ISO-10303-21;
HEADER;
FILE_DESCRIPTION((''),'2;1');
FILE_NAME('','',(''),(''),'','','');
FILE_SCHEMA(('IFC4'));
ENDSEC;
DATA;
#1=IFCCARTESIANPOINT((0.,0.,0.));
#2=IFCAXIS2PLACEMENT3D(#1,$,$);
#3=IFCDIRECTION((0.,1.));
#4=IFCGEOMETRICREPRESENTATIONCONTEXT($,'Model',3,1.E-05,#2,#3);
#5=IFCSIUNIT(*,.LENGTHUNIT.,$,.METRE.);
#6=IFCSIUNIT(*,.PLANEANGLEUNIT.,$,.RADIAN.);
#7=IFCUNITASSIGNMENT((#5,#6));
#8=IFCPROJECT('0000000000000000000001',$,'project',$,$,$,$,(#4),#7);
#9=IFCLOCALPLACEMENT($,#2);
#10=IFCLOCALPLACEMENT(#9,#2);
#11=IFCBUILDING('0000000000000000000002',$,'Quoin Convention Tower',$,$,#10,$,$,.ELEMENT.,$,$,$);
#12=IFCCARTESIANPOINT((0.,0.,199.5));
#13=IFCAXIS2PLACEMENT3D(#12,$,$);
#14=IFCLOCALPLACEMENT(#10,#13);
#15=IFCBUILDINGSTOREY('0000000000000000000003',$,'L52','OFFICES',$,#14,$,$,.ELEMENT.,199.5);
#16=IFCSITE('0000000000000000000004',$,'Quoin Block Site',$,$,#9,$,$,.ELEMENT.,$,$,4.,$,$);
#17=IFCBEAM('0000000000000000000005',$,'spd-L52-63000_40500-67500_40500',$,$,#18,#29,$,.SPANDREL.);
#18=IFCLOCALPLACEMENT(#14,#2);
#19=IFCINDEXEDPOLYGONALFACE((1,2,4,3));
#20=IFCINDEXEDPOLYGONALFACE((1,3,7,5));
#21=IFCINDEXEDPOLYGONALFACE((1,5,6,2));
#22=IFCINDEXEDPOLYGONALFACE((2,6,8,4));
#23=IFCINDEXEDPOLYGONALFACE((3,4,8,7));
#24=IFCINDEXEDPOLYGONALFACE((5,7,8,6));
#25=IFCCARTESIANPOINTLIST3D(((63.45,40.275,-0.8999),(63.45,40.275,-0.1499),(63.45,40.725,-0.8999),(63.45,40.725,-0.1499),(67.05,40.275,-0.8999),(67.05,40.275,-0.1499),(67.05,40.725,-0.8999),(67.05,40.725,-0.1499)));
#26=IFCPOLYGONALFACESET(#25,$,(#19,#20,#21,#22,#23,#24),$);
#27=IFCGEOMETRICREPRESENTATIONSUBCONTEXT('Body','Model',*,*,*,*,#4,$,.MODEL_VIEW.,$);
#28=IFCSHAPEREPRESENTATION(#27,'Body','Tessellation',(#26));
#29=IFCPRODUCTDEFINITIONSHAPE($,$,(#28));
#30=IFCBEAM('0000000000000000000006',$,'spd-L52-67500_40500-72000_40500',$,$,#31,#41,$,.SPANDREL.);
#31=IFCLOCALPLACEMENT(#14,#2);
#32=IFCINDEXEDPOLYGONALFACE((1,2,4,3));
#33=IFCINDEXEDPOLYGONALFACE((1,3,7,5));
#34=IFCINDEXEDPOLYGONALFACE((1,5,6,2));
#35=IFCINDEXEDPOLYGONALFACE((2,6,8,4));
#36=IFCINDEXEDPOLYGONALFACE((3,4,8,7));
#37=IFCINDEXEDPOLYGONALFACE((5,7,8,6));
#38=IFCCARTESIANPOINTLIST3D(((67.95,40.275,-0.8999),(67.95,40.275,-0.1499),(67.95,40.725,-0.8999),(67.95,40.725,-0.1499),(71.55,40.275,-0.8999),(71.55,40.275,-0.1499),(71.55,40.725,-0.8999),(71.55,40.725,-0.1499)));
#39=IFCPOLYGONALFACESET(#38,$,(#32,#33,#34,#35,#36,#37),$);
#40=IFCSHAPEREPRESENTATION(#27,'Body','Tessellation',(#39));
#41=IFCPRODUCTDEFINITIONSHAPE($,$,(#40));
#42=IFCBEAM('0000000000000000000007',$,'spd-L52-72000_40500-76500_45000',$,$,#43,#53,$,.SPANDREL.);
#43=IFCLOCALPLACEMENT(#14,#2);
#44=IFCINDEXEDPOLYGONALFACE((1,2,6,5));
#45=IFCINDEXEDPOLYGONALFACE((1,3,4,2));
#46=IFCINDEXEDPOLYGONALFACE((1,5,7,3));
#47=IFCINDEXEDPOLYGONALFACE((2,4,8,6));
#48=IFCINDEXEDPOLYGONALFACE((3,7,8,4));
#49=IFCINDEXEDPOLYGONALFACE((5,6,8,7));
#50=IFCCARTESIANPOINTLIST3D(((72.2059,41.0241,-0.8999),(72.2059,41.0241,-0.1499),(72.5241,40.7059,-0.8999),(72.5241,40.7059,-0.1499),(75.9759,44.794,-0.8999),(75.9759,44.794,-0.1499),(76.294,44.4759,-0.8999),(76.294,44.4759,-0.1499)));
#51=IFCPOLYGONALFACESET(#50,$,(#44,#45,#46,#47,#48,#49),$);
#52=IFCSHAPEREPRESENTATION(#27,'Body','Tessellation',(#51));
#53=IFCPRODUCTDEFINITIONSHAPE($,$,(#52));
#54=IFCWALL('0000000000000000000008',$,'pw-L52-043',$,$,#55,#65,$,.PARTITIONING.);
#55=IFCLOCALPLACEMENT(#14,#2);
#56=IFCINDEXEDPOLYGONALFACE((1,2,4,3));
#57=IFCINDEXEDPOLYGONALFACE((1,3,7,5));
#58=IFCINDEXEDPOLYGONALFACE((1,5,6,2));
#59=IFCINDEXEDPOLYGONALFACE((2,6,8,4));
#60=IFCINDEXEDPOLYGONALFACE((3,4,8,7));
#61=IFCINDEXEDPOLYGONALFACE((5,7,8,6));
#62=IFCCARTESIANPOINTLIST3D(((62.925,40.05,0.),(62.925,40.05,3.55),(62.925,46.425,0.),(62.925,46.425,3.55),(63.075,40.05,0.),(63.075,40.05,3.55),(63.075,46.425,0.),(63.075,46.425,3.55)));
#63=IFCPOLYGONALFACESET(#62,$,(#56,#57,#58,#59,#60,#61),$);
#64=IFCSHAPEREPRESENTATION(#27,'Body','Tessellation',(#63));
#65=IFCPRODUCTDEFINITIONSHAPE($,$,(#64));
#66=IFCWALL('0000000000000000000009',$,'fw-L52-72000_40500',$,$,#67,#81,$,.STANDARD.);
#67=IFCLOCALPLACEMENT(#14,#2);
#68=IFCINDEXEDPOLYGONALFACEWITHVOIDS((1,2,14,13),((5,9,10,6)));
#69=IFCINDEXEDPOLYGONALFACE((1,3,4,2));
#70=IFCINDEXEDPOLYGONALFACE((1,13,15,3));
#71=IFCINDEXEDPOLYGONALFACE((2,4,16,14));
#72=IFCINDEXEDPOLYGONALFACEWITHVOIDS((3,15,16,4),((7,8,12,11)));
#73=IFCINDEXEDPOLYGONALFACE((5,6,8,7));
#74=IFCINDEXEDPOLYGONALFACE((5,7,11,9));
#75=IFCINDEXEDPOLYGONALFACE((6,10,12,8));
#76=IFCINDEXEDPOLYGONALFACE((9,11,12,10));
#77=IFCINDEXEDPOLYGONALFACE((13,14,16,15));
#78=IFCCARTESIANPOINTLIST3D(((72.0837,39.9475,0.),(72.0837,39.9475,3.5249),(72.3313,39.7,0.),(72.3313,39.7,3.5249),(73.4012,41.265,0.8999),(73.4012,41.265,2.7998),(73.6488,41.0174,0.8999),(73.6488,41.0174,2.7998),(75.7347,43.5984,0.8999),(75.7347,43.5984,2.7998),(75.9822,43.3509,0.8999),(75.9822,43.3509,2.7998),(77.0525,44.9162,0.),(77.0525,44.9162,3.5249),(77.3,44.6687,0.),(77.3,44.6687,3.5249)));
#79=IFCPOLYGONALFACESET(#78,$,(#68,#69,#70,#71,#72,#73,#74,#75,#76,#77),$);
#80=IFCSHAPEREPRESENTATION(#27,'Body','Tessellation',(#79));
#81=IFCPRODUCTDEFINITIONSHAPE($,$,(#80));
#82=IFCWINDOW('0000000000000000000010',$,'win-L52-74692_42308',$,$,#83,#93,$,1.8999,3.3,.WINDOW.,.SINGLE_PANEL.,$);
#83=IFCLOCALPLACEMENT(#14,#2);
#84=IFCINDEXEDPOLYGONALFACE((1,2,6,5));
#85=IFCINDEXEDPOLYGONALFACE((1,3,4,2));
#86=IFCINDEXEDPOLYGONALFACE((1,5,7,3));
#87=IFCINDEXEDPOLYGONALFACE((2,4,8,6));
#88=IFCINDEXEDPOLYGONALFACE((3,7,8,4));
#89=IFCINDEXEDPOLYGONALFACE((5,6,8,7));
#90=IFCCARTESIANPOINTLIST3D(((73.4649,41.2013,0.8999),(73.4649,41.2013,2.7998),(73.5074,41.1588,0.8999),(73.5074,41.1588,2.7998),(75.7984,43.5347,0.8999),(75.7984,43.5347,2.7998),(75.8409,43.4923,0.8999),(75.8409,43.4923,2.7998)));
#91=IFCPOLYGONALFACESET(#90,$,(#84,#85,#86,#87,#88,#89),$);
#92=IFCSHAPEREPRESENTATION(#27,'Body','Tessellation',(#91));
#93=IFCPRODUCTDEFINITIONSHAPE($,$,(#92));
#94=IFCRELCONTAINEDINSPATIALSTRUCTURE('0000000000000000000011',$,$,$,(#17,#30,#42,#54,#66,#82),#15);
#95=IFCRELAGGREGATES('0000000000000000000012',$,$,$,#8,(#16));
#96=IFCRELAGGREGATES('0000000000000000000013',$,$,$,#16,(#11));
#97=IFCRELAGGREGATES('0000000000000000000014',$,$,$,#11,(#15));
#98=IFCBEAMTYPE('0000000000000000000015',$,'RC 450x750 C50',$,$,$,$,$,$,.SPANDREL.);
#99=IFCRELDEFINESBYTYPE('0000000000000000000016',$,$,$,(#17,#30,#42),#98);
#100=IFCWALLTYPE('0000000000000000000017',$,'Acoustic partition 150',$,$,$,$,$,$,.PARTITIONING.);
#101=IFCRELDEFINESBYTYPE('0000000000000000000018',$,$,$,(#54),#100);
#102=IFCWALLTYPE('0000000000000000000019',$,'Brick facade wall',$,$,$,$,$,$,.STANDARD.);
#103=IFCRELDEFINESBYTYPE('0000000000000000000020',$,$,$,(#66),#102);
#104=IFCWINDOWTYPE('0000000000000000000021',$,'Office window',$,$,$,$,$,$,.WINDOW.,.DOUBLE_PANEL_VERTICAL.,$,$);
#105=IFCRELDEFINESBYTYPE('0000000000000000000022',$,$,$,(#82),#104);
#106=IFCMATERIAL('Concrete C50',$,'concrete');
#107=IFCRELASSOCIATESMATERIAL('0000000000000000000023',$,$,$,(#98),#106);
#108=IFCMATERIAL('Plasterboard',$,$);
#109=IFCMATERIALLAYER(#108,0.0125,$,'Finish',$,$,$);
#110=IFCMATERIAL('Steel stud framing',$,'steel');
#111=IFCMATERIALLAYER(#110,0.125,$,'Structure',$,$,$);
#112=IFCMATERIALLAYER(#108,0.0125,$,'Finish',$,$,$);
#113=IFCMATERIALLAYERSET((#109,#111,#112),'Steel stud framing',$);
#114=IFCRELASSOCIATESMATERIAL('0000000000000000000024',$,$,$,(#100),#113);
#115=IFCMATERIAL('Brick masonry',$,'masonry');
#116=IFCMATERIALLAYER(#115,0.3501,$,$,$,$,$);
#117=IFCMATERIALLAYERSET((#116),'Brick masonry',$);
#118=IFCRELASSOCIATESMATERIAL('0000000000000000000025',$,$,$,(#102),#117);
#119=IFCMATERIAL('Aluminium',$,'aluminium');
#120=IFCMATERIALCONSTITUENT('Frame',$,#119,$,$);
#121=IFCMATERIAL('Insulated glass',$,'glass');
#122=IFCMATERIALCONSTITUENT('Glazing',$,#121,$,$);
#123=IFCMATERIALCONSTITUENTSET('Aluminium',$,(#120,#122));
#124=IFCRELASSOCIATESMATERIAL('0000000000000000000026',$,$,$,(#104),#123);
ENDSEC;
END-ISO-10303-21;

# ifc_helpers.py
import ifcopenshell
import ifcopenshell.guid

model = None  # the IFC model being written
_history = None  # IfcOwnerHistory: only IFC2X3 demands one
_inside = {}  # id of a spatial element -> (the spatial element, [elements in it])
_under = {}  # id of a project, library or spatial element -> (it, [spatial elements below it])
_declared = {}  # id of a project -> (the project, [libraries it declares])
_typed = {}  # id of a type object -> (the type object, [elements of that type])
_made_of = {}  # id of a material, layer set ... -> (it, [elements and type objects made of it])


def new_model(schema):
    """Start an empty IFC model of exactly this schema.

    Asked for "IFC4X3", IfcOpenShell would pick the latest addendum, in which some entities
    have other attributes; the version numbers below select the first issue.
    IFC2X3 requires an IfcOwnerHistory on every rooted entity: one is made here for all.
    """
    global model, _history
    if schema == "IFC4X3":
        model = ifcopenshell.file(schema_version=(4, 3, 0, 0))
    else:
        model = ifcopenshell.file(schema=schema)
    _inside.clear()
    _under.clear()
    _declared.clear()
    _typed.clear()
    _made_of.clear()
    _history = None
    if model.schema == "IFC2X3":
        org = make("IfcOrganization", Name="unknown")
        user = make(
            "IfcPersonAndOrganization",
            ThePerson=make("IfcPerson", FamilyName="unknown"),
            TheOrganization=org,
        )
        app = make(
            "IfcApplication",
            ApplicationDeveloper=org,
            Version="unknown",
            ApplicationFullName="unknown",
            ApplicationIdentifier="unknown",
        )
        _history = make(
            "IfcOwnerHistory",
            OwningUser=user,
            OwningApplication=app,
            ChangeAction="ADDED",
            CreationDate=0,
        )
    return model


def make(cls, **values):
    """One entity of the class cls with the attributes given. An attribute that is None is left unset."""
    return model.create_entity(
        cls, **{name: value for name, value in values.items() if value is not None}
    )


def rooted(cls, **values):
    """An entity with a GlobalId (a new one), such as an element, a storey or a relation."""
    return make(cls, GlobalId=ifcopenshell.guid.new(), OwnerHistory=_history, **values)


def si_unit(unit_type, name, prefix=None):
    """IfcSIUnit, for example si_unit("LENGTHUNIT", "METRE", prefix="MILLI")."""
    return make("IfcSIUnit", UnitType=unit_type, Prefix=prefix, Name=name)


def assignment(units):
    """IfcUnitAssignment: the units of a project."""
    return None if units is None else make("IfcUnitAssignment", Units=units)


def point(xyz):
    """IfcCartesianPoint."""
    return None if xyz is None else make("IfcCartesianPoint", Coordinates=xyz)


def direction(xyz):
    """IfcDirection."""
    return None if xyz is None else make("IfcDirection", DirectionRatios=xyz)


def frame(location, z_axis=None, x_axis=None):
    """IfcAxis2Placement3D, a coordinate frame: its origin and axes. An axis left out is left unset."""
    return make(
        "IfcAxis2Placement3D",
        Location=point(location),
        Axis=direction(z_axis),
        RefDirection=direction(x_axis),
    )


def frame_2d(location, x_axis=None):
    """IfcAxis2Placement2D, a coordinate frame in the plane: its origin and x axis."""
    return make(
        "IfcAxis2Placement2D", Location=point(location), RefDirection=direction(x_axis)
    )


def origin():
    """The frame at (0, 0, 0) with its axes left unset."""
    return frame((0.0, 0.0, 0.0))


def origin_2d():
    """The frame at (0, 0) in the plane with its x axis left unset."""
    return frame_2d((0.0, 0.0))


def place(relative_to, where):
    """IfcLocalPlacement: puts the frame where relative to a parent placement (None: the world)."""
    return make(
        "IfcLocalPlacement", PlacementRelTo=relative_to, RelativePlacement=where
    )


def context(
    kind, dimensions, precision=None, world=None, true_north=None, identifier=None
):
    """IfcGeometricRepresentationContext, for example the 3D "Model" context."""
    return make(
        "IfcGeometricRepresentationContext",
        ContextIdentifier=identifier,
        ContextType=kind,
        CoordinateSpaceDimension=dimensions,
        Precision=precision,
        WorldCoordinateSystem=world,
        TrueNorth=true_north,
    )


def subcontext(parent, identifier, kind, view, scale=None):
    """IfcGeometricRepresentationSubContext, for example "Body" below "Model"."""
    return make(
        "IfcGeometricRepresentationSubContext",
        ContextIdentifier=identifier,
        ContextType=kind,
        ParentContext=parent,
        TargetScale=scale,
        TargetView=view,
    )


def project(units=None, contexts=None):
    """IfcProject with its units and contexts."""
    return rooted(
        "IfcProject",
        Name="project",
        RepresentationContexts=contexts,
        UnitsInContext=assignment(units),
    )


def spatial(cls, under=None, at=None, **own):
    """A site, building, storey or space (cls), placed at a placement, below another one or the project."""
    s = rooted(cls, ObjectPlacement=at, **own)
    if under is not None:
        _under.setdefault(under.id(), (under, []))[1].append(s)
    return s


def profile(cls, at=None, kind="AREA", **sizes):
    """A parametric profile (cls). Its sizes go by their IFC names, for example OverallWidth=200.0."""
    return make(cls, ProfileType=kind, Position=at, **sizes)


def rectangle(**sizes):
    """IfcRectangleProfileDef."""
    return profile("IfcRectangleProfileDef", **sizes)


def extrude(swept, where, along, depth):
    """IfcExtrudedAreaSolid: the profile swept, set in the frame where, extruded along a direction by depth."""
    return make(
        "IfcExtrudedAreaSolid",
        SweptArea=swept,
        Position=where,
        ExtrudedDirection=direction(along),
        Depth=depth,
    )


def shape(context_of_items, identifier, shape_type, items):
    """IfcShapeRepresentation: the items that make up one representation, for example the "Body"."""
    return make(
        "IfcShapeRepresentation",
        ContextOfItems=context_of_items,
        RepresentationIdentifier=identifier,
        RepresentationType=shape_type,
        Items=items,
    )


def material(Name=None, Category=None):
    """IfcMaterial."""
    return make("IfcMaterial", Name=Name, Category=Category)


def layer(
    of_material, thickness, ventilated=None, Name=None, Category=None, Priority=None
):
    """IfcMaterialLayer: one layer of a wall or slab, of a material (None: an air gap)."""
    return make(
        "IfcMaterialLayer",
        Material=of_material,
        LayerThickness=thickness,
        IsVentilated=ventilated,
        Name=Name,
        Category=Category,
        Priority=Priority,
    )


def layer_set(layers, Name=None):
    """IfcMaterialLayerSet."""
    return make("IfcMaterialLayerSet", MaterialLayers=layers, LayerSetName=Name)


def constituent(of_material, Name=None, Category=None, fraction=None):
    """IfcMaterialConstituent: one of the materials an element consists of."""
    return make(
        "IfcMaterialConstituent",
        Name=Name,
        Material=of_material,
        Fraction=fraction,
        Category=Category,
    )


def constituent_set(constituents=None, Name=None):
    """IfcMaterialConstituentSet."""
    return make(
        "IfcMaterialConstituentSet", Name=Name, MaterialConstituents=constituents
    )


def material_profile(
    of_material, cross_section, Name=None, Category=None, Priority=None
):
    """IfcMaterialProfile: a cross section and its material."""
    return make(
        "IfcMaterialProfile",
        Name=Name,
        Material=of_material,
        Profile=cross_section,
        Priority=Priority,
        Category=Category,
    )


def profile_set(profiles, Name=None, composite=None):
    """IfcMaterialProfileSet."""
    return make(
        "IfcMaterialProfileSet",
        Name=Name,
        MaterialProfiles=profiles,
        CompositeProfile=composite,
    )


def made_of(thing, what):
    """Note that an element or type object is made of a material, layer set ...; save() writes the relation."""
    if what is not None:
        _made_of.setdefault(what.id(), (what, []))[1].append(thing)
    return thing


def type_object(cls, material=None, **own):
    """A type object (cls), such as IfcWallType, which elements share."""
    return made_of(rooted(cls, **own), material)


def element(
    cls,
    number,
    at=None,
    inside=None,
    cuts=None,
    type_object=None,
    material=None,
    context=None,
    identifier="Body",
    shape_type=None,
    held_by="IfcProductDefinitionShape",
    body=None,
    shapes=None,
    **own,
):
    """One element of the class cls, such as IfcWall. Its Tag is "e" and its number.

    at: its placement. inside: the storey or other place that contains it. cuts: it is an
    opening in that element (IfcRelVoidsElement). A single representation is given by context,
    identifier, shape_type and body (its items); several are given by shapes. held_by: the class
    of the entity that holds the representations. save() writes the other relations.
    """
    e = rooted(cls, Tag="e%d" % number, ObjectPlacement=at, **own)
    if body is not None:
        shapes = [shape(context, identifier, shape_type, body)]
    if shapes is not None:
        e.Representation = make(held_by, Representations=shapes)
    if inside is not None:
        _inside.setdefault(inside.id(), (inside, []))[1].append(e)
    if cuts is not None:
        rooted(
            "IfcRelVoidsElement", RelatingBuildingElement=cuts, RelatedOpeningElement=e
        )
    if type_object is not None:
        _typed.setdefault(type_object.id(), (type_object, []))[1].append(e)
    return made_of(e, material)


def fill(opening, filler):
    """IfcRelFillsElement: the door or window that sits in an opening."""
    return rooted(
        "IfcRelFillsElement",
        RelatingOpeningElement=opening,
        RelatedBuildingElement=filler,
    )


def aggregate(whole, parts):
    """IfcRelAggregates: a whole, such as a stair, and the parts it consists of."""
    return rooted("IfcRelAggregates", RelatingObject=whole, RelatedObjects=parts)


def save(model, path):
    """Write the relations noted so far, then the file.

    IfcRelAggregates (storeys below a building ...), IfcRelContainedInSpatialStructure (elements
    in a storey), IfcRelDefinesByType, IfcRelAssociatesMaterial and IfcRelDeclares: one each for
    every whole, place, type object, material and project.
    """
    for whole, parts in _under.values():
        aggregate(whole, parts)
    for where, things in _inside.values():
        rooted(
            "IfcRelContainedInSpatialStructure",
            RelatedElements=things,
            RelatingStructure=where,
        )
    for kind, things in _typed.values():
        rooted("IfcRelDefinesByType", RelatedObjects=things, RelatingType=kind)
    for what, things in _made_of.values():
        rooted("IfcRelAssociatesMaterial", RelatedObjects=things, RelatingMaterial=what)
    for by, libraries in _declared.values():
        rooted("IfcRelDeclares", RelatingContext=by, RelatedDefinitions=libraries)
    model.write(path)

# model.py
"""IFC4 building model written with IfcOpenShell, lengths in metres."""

from ifc_helpers import new_model, si_unit, direction, frame, frame_2d, origin, origin_2d, place, context, subcontext, project, spatial, rectangle, extrude, material, layer, layer_set, constituent, constituent_set, material_profile, profile_set, type_object, element, fill, save


model = new_model("IFC4")

# Units and contexts
model_context = context("Model", 3, precision=1e-05, world=origin(), true_north=direction((0.0, 1.0)))
body_context = subcontext(model_context, "Body", "Model", "MODEL_VIEW")
ifc_project = project(units=[si_unit("LENGTHUNIT", "METRE"), si_unit("PLANEANGLEUNIT", "RADIAN")], contexts=[model_context])

# Site, building, storey
site_placement = place(None, origin())
site = spatial("IfcSite", under=ifc_project, at=site_placement, Name="Quoin Block Site", CompositionType="ELEMENT", RefElevation=4.0)
building_placement = place(site_placement, origin())
building = spatial("IfcBuilding", under=site, at=building_placement, Name="Quoin Convention Tower", CompositionType="ELEMENT")
storey_placement = place(building_placement, frame((0.0, 0.0, 199.5)))
storey = spatial("IfcBuildingStorey", under=building, at=storey_placement, Name="L52", Description="OFFICES", CompositionType="ELEMENT", Elevation=199.5)

# Shared definitions
ifc_material_1 = material(Name="Concrete C50", Category="concrete")

# Beams
ifc_material_profile_1 = material_profile(ifc_material_1, rectangle(XDim=0.45, YDim=0.75, at=origin_2d()), Name="RC 450x750")
ifc_profile_set_1 = profile_set([ifc_material_profile_1], Name="Concrete C50")
beam_type_1 = type_object("IfcBeamType", Name="RC 450x750 C50", PredefinedType="SPANDREL", material=ifc_profile_set_1)
for number, where, z_axis, x_axis, name in (
    (1, (63.45, 40.5, -0.5249), (1.0, 0.0, 0.0), (0.0, 1.0, 0.0), "spd-L52-63000_40500-67500_40500"),
    (2, (67.95, 40.5, -0.5249), (1.0, 0.0, 0.0), (0.0, 1.0, 0.0), "spd-L52-67500_40500-72000_40500"),
):
    element("IfcBeam", number, at=place(storey_placement, frame(where, z_axis=z_axis, x_axis=x_axis)), inside=storey, type_object=beam_type_1, Name=name, PredefinedType="SPANDREL", context=body_context, shape_type="SweptSolid", body=[
        extrude(rectangle(XDim=0.45, YDim=0.75, at=origin_2d()), origin(), (0.0, 0.0, 1.0), 3.6001),
    ])
beam_1_placement = place(storey_placement, frame((72.365, 40.865, -0.5249), z_axis=(0.707107, 0.707107, 0.0), x_axis=(-0.707107, 0.707107, 0.0)))
element("IfcBeam", 3, at=beam_1_placement, inside=storey, type_object=beam_type_1, Name="spd-L52-72000_40500-76500_45000", PredefinedType="SPANDREL", context=body_context, shape_type="SweptSolid", body=[
    extrude(rectangle(XDim=0.45, YDim=0.75, at=origin_2d()), origin(), (0.0, 0.0, 1.0), 5.3315),
])

# Wall
ifc_material_2 = material(Name="Plasterboard")
ifc_layer_1 = layer(ifc_material_2, 0.0125, Name="Finish")
ifc_material_3 = material(Name="Steel stud framing", Category="steel")
ifc_layer_2 = layer(ifc_material_3, 0.125, Name="Structure")
ifc_layer_3 = layer(ifc_material_2, 0.0125, Name="Finish")
ifc_layer_set_1 = layer_set([ifc_layer_1, ifc_layer_2, ifc_layer_3], Name="Steel stud framing")
wall_type_1 = type_object("IfcWallType", Name="Acoustic partition 150", PredefinedType="PARTITIONING", material=ifc_layer_set_1)
wall_1_placement = place(storey_placement, frame((63.0, 40.05, 0.0), z_axis=(0.0, 0.0, 1.0), x_axis=(0.0, 1.0, 0.0)))
element("IfcWall", 4, at=wall_1_placement, inside=storey, type_object=wall_type_1, Name="pw-L52-043", PredefinedType="PARTITIONING", context=body_context, shape_type="SweptSolid", body=[
    extrude(rectangle(XDim=6.375, YDim=0.1499, at=frame_2d((3.1875, 0.0))), origin(), (0.0, 0.0, 1.0), 3.55),
])

# Wall, opening, window
ifc_material_4 = material(Name="Brick masonry", Category="masonry")
ifc_layer_4 = layer(ifc_material_4, 0.3501)
ifc_layer_set_2 = layer_set([ifc_layer_4], Name="Brick masonry")
wall_type_2 = type_object("IfcWallType", Name="Brick facade wall", PredefinedType="STANDARD", material=ifc_layer_set_2)
wall_2_placement = place(storey_placement, frame((72.2075, 39.8237, 0.0), z_axis=(0.0, 0.0, 1.0), x_axis=(0.707107, 0.707107, 0.0)))
wall_2 = element("IfcWall", 5, at=wall_2_placement, inside=storey, type_object=wall_type_2, Name="fw-L52-72000_40500", PredefinedType="STANDARD", context=body_context, shape_type="SweptSolid", body=[
    extrude(rectangle(XDim=7.0269, YDim=0.3501, at=frame_2d((3.5134, 0.0))), origin(), (0.0, 0.0, 1.0), 3.5249),
])
opening_1_placement = place(wall_2_placement, frame((1.8633, 0.0, 0.8999)))
opening_1 = element("IfcOpeningElement", 6, at=opening_1_placement, cuts=wall_2, PredefinedType="OPENING", context=body_context, shape_type="SweptSolid", body=[
    extrude(rectangle(XDim=3.3, YDim=1.8999, at=frame_2d((1.6499, 0.95))), frame((0.0, 0.1851, 0.0), z_axis=(0.0, -1.0, 0.0), x_axis=(1.0, 0.0, 0.0)), (0.0, 0.0, 1.0), 0.3701),
])
ifc_material_5 = material(Name="Aluminium", Category="aluminium")
ifc_constituent_1 = constituent(ifc_material_5, Name="Frame")
ifc_material_6 = material(Name="Insulated glass", Category="glass")
ifc_constituent_2 = constituent(ifc_material_6, Name="Glazing")
ifc_constituent_set = constituent_set(constituents=[ifc_constituent_1, ifc_constituent_2], Name="Aluminium")
window_type = type_object("IfcWindowType", Name="Office window", PartitioningType="DOUBLE_PANEL_VERTICAL", PredefinedType="WINDOW", material=ifc_constituent_set)
window_1_placement = place(opening_1_placement, origin())
window_1 = element("IfcWindow", 7, at=window_1_placement, inside=storey, type_object=window_type, Name="win-L52-74692_42308", OverallHeight=1.8999, OverallWidth=3.3, PartitioningType="SINGLE_PANEL", PredefinedType="WINDOW", context=body_context, shape_type="SweptSolid", body=[
    extrude(rectangle(XDim=3.3, YDim=1.8999, at=frame_2d((1.6499, 0.95))), frame((0.0, 0.085, 0.0), z_axis=(0.0, -1.0, 0.0), x_axis=(1.0, 0.0, 0.0)), (0.0, 0.0, 1.0), 0.0601),
])
fill(opening_1, window_1)

save(model, "model.ifc")
